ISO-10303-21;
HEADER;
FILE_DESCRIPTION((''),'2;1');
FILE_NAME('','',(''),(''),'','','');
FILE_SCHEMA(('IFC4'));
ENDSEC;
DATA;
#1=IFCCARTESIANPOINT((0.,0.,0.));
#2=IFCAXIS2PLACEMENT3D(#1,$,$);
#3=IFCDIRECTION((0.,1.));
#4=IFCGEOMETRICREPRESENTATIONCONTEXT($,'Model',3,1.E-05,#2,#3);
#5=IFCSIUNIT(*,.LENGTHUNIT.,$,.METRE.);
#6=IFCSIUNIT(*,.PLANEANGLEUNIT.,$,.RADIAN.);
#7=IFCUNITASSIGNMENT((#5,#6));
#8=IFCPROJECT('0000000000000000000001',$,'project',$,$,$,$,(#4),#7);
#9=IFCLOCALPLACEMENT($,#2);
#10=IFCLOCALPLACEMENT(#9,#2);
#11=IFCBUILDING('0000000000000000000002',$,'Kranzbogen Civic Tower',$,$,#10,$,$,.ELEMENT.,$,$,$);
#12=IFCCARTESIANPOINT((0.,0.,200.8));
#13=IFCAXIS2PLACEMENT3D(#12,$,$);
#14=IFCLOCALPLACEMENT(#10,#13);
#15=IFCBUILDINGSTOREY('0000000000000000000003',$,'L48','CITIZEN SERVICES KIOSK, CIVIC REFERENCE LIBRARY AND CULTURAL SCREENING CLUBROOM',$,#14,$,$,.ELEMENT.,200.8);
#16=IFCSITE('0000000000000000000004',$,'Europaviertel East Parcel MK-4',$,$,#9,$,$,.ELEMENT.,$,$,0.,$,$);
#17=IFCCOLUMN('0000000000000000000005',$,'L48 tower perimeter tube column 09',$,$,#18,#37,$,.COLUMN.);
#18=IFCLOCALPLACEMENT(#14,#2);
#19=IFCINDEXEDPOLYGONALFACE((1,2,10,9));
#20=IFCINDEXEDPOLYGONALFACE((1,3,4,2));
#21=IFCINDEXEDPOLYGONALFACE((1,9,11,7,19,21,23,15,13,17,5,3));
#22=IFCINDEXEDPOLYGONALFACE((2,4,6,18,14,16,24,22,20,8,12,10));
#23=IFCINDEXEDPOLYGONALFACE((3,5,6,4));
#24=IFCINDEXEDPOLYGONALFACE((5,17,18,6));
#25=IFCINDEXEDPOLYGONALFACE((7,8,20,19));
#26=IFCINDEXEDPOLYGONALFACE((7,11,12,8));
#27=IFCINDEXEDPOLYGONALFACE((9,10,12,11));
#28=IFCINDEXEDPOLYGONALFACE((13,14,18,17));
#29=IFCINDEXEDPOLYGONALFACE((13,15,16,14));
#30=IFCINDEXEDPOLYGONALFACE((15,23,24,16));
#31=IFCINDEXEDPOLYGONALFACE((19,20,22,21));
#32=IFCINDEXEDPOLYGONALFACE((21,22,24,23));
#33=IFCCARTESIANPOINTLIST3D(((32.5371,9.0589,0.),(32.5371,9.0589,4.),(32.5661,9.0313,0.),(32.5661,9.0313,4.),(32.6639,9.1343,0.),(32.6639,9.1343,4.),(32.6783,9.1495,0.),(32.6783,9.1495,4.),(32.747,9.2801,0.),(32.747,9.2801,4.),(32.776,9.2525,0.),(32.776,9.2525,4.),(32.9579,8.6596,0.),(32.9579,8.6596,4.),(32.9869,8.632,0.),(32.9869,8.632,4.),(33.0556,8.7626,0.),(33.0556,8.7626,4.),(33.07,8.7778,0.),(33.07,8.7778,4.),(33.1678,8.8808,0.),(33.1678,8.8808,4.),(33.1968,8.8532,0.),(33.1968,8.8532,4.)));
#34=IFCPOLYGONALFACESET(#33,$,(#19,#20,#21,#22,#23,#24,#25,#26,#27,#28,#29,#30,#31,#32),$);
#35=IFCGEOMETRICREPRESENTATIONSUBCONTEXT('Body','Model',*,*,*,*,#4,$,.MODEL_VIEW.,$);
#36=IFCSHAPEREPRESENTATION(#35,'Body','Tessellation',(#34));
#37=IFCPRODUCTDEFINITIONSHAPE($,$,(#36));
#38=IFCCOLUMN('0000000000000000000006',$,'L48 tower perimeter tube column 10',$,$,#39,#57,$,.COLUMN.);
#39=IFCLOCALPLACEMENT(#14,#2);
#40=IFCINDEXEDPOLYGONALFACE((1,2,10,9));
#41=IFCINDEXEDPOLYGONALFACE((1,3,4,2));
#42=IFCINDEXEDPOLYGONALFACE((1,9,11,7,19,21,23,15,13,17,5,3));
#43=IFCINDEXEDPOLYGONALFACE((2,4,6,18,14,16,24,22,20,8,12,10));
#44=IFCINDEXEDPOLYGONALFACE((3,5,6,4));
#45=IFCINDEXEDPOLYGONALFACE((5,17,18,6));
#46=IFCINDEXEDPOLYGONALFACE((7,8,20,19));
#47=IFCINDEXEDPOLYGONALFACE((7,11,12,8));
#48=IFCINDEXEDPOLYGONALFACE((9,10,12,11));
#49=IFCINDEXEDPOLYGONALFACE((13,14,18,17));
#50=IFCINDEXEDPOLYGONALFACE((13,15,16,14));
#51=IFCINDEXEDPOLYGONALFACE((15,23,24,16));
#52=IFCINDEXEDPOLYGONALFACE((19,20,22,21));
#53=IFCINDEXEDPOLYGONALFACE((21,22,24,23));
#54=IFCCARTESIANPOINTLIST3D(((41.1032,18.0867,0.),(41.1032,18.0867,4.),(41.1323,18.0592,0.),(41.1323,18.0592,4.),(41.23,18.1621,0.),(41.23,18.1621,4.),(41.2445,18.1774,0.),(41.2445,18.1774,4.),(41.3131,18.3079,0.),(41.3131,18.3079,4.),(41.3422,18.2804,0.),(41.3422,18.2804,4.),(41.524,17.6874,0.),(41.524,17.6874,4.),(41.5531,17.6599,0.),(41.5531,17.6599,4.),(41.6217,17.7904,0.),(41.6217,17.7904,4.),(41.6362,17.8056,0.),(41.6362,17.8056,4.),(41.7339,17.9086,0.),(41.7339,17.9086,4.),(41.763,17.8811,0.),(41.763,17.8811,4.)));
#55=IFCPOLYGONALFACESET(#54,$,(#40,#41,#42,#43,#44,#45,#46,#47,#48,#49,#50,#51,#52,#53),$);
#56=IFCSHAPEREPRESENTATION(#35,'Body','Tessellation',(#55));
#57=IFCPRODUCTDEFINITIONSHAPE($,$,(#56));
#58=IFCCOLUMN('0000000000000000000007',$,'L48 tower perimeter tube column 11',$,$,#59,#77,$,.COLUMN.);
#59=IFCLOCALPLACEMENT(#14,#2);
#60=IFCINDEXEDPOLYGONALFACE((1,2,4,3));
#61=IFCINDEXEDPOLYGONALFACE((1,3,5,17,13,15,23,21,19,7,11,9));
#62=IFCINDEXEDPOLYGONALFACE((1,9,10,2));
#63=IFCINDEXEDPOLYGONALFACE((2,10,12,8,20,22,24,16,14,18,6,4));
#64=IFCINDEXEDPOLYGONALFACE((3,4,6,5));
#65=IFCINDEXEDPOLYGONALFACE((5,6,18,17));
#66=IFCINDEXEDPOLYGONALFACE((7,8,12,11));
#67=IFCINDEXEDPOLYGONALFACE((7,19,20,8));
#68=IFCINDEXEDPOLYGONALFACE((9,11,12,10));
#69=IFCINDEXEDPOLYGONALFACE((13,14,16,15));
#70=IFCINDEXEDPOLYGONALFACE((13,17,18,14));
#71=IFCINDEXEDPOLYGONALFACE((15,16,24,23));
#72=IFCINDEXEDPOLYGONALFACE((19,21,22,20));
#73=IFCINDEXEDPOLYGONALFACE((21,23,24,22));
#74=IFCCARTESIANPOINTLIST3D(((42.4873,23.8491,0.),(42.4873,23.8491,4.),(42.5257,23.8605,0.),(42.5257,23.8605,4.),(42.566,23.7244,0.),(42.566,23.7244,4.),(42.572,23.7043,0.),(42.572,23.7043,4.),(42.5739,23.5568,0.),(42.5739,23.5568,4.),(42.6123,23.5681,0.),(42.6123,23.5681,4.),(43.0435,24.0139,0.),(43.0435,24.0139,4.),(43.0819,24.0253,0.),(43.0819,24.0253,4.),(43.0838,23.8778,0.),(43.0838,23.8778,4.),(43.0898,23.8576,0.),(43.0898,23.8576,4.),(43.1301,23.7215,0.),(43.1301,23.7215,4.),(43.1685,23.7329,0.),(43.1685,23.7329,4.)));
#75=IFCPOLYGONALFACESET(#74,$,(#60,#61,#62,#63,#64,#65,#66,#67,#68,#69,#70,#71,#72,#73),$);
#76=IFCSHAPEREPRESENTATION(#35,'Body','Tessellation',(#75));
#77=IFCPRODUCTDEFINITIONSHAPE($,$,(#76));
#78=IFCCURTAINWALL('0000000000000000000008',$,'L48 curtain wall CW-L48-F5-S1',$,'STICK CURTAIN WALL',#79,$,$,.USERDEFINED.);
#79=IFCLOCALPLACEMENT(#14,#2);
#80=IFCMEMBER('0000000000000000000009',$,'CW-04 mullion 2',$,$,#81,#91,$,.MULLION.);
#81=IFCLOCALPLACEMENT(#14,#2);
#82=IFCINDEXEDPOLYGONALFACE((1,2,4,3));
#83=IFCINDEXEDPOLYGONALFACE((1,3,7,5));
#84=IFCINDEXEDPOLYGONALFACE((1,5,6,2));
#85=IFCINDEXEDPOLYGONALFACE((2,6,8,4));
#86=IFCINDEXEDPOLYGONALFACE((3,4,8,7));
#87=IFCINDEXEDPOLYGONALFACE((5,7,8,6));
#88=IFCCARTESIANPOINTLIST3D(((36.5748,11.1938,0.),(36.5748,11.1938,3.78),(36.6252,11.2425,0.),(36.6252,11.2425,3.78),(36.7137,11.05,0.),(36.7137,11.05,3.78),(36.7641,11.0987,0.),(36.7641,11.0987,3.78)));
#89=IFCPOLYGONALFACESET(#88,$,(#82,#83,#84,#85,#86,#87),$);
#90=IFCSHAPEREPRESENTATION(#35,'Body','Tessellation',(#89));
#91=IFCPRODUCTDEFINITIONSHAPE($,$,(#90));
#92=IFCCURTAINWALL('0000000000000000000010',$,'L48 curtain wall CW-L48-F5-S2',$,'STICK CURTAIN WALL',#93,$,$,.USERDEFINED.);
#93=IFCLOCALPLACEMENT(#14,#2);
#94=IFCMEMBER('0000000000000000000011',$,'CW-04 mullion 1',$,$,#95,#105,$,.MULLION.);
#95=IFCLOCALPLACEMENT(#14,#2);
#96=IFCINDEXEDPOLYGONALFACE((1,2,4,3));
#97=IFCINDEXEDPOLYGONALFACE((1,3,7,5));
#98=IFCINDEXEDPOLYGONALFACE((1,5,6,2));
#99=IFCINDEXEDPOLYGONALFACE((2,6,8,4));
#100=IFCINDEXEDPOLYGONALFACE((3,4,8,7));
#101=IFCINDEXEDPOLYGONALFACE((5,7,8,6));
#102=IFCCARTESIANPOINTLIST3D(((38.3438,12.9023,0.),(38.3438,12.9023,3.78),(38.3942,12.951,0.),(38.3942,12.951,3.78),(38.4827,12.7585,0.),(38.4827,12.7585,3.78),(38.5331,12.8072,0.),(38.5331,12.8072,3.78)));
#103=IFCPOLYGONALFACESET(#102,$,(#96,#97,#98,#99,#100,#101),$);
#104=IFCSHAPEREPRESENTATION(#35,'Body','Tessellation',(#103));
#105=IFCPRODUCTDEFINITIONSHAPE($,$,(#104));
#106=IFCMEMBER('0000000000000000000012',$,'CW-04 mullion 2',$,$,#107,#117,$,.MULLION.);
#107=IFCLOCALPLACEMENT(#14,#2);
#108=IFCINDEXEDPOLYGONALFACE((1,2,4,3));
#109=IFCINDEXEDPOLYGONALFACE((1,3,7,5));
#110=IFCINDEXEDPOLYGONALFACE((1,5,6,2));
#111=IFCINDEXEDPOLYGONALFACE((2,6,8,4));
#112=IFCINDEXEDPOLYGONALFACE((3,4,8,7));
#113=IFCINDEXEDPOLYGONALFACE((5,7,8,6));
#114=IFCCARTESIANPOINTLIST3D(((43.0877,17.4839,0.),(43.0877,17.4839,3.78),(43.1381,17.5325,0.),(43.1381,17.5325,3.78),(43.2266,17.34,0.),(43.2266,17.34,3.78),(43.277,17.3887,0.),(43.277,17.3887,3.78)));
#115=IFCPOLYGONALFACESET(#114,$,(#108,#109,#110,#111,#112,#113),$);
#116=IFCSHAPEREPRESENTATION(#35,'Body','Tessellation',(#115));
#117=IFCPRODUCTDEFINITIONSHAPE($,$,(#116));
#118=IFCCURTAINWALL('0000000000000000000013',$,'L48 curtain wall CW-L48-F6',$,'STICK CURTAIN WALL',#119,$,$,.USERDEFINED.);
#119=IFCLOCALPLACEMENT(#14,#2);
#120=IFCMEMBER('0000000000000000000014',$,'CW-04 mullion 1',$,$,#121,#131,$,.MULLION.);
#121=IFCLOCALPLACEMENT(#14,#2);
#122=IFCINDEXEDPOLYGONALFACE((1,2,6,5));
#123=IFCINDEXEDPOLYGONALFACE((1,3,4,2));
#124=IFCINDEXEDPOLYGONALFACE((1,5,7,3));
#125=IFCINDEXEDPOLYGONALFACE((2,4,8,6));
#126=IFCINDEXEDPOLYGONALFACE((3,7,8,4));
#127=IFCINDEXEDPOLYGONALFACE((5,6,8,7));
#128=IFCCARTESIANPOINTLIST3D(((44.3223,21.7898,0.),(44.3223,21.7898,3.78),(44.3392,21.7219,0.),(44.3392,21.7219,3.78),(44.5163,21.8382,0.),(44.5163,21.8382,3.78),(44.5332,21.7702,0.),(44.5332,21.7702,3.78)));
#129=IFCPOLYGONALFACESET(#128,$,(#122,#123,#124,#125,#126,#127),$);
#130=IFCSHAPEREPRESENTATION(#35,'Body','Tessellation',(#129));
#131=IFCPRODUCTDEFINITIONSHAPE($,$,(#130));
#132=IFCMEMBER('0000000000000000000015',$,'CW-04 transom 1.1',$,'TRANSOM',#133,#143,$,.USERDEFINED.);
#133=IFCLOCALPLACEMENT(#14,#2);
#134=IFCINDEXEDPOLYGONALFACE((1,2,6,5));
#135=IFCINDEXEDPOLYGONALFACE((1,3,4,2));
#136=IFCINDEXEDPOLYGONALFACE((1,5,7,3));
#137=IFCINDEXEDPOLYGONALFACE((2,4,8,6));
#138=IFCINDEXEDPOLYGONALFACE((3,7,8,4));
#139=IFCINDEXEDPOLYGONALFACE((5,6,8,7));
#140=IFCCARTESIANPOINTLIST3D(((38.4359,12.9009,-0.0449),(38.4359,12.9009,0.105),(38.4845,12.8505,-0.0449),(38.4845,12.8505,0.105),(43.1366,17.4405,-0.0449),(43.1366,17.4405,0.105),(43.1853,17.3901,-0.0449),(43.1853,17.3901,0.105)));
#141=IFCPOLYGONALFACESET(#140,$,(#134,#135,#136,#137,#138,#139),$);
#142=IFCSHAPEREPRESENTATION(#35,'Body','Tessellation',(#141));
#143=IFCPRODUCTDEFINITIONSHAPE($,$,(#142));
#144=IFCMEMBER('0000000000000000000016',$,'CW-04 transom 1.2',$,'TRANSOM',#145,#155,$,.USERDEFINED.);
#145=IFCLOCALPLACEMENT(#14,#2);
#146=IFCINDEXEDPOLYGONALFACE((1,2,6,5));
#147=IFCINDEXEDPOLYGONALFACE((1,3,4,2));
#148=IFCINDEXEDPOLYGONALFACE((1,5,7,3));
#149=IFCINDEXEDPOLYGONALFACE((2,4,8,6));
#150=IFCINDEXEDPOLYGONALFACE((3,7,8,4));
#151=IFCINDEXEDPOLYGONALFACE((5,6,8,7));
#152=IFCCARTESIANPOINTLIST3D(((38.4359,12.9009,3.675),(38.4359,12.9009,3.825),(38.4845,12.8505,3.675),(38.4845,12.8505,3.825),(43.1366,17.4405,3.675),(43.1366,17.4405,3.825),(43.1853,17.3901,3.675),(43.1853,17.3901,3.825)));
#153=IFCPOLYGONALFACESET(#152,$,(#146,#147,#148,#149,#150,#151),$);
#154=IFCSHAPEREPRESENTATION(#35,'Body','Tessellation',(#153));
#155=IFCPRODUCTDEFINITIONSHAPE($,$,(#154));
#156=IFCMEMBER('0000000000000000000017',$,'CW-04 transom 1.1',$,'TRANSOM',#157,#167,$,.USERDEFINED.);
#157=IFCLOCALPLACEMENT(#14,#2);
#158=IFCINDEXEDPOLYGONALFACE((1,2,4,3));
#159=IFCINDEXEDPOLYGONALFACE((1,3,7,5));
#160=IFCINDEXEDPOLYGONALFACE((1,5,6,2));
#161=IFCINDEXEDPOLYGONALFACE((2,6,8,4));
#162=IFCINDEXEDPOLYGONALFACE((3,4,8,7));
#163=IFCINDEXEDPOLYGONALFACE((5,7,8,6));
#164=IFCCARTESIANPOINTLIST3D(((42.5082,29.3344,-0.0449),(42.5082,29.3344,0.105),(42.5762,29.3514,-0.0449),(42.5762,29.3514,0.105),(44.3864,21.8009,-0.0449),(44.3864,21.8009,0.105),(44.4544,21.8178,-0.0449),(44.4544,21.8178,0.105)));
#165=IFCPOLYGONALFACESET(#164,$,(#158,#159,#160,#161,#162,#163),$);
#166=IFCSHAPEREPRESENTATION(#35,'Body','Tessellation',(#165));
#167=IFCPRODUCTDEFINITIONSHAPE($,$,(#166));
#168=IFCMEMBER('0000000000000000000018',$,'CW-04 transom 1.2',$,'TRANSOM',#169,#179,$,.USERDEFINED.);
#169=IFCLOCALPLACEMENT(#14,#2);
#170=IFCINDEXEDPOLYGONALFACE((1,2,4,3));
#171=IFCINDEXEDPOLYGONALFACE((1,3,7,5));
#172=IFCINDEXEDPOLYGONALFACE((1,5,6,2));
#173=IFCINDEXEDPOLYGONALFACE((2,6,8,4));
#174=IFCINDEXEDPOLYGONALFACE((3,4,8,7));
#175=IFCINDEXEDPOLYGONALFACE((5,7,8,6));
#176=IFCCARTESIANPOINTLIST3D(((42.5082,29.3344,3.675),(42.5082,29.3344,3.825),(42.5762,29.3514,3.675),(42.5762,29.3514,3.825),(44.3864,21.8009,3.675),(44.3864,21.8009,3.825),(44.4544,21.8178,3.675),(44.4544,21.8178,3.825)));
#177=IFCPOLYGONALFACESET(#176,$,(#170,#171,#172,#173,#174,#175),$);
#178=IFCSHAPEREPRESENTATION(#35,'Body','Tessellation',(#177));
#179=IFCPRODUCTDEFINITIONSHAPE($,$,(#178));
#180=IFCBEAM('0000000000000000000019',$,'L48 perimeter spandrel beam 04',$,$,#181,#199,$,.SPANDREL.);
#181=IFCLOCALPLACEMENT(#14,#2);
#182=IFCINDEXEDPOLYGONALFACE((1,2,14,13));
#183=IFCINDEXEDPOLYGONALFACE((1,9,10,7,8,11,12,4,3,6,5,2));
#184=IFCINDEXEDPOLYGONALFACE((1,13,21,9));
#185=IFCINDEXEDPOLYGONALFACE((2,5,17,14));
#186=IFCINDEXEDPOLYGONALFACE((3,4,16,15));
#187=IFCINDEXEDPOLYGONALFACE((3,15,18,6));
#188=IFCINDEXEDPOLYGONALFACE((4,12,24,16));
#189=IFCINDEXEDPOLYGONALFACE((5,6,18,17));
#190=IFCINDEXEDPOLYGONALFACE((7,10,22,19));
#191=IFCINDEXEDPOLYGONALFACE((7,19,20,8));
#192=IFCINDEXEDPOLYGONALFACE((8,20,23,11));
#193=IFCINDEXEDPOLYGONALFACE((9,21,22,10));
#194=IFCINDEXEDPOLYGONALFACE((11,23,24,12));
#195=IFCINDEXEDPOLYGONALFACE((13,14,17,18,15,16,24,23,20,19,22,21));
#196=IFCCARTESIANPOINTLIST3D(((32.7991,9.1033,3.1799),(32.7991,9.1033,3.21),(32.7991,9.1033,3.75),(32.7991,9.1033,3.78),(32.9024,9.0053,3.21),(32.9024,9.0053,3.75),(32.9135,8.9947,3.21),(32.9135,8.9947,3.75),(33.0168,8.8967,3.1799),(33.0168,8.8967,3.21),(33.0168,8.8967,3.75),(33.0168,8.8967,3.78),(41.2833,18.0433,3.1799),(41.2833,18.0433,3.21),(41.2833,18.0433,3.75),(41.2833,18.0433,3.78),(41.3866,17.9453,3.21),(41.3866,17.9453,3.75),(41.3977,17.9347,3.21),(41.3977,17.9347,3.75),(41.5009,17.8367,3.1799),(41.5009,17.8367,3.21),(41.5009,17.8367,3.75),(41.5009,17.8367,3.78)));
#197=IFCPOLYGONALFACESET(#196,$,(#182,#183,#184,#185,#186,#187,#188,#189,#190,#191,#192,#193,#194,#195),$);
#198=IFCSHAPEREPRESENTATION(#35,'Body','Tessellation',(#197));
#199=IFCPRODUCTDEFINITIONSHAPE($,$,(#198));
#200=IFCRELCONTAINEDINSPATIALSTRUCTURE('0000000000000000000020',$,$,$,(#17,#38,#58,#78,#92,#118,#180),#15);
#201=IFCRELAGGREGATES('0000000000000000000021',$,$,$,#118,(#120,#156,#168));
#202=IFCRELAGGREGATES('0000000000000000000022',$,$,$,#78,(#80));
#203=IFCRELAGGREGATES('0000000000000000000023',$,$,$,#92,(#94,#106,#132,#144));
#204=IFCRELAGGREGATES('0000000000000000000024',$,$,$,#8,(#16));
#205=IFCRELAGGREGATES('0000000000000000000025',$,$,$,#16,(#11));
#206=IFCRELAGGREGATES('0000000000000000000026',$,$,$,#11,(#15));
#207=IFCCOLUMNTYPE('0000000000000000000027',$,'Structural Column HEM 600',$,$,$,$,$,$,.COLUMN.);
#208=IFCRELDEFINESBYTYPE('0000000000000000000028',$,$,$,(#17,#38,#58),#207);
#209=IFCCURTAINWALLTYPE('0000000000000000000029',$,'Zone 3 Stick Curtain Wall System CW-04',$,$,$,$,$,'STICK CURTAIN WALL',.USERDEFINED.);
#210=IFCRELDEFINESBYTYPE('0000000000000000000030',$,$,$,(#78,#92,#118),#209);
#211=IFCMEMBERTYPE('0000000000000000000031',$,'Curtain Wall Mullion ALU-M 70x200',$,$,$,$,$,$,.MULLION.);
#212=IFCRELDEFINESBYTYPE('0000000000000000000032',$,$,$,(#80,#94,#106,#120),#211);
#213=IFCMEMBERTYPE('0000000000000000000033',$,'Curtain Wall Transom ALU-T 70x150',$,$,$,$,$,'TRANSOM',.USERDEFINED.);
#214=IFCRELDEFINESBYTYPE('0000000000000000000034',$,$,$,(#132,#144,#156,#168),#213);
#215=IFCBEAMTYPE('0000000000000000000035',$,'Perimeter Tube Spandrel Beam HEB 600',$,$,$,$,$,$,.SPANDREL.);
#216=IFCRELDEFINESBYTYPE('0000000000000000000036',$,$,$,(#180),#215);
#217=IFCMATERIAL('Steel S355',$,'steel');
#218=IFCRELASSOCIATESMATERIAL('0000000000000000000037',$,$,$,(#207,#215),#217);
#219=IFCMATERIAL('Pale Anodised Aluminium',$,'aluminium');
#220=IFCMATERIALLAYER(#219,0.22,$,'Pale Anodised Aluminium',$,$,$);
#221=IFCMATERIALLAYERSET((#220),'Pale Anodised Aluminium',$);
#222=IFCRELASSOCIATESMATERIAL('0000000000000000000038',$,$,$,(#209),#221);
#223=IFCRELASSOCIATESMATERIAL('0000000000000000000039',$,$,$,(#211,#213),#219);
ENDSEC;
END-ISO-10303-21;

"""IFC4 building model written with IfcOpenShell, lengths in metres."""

from ifc_helpers import new_model, si_unit, direction, frame, origin, origin_2d, place, context, subcontext, project, spatial, rectangle, i_section, extrude, material, layer, layer_set, material_profile, profile_set, type_object, element, aggregate, save


model = new_model("IFC4")

# Units and contexts
model_context = context("Model", 3, precision=1e-05, world=origin(), true_north=direction((0.0, 1.0)))
body_context = subcontext(model_context, "Body", "Model", "MODEL_VIEW")
ifc_project = project(units=[si_unit("LENGTHUNIT", "METRE"), si_unit("PLANEANGLEUNIT", "RADIAN")], contexts=[model_context])

# Site, building, storey
site_placement = place(None, origin())
site = spatial("IfcSite", under=ifc_project, at=site_placement, Name="Europaviertel East Parcel MK-4", CompositionType="ELEMENT", RefElevation=0.0)
building_placement = place(site_placement, origin())
building = spatial("IfcBuilding", under=site, at=building_placement, Name="Kranzbogen Civic Tower", CompositionType="ELEMENT")
storey_placement = place(building_placement, frame((0.0, 0.0, 200.8)))
storey = spatial("IfcBuildingStorey", under=building, at=storey_placement, Name="L48", Description="CITIZEN SERVICES KIOSK, CIVIC REFERENCE LIBRARY AND CULTURAL SCREENING CLUBROOM", CompositionType="ELEMENT", Elevation=200.8)

# Columns
ifc_material_1 = material(Name="Steel S355", Category="steel")
ifc_material_profile_1 = material_profile(ifc_material_1, i_section(OverallWidth=0.3049, OverallDepth=0.6201, WebThickness=0.021, FlangeThickness=0.04, at=origin_2d()), Name="HEM 600")
ifc_profile_set_1 = profile_set([ifc_material_profile_1], Name="Steel S355")
column_type = type_object("IfcColumnType", Name="Structural Column HEM 600", PredefinedType="COLUMN", material=ifc_profile_set_1)
for number, where, z_axis, x_axis, name in (
    (1, (32.8669, 8.9561, 0.0), (0.0, 0.0, 1.0), (0.688355, 0.725374, 0.0), "L48 tower perimeter tube column 09"),
    (2, (41.4331, 17.9839, 0.0), (0.0, 0.0, 1.0), (0.688355, 0.725374, 0.0), "L48 tower perimeter tube column 10"),
    (3, (42.8279, 23.791, 0.0), (0.0, 0.0, 1.0), (-0.284015, 0.95882, 0.0), "L48 tower perimeter tube column 11"),
):
    element("IfcColumn", number, at=place(storey_placement, frame(where, z_axis=z_axis, x_axis=x_axis)), inside=storey, type_object=column_type, Name=name, PredefinedType="COLUMN", context=body_context, shape_type="SweptSolid", body=[
        extrude(i_section(OverallWidth=0.3049, OverallDepth=0.6201, WebThickness=0.021, FlangeThickness=0.04, at=origin_2d()), origin(), (0.0, 0.0, 1.0), 4.0),
    ])

# Curtain wall, member
ifc_material_2 = material(Name="Pale Anodised Aluminium", Category="aluminium")
ifc_layer_1 = layer(ifc_material_2, 0.22, Name="Pale Anodised Aluminium")
ifc_layer_set_1 = layer_set([ifc_layer_1], Name="Pale Anodised Aluminium")
curtain_wall_type = type_object("IfcCurtainWallType", Name="Zone 3 Stick Curtain Wall System CW-04", ElementType="STICK CURTAIN WALL", PredefinedType="USERDEFINED", material=ifc_layer_set_1)
curtain_wall_1_placement = place(storey_placement, origin())
curtain_wall_1 = element("IfcCurtainWall", 4, at=curtain_wall_1_placement, inside=storey, type_object=curtain_wall_type, Name="L48 curtain wall CW-L48-F5-S1", ObjectType="STICK CURTAIN WALL", PredefinedType="USERDEFINED")
ifc_material_profile_2 = material_profile(ifc_material_2, rectangle(XDim=0.0701, YDim=0.2, at=origin_2d()), Name="ALU-M 70x200")
ifc_profile_set_2 = profile_set([ifc_material_profile_2], Name="Pale Anodised Aluminium")
member_type_1 = type_object("IfcMemberType", Name="Curtain Wall Mullion ALU-M 70x200", PredefinedType="MULLION", material=ifc_profile_set_2)
member_1_placement = place(storey_placement, frame((36.6694, 11.1462, 0.0), z_axis=(0.0, 0.0, 1.0), x_axis=(0.719321, 0.694678, 0.0)))
member_1 = element("IfcMember", 5, at=member_1_placement, type_object=member_type_1, Name="CW-04 mullion 2", PredefinedType="MULLION", context=body_context, shape_type="SweptSolid", body=[
    extrude(rectangle(XDim=0.0701, YDim=0.2, at=origin_2d()), origin(), (0.0, 0.0, 1.0), 3.78),
])

# Curtain wall, members
curtain_wall_2_placement = place(storey_placement, origin())
curtain_wall_2 = element("IfcCurtainWall", 6, at=curtain_wall_2_placement, inside=storey, type_object=curtain_wall_type, Name="L48 curtain wall CW-L48-F5-S2", ObjectType="STICK CURTAIN WALL", PredefinedType="USERDEFINED")
member_2_placement = place(storey_placement, frame((38.4385, 12.8547, 0.0), z_axis=(0.0, 0.0, 1.0), x_axis=(0.719321, 0.694678, 0.0)))
member_2 = element("IfcMember", 7, at=member_2_placement, type_object=member_type_1, Name="CW-04 mullion 1", PredefinedType="MULLION", context=body_context, shape_type="SweptSolid", body=[
    extrude(rectangle(XDim=0.0701, YDim=0.2, at=origin_2d()), origin(), (0.0, 0.0, 1.0), 3.78),
])
member_3_placement = place(storey_placement, frame((43.1824, 17.4363, 0.0), z_axis=(0.0, 0.0, 1.0), x_axis=(0.719321, 0.694678, 0.0)))
member_3 = element("IfcMember", 8, at=member_3_placement, type_object=member_type_1, Name="CW-04 mullion 2", PredefinedType="MULLION", context=body_context, shape_type="SweptSolid", body=[
    extrude(rectangle(XDim=0.0701, YDim=0.2, at=origin_2d()), origin(), (0.0, 0.0, 1.0), 3.78),
])

# Curtain wall, member
curtain_wall_3_placement = place(storey_placement, origin())
curtain_wall_3 = element("IfcCurtainWall", 9, at=curtain_wall_3_placement, inside=storey, type_object=curtain_wall_type, Name="L48 curtain wall CW-L48-F6", ObjectType="STICK CURTAIN WALL", PredefinedType="USERDEFINED")
member_4_placement = place(storey_placement, frame((44.4277, 21.78, 0.0), z_axis=(0.0, 0.0, 1.0), x_axis=(-0.241906, 0.9703, 0.0)))
member_4 = element("IfcMember", 10, at=member_4_placement, type_object=member_type_1, Name="CW-04 mullion 1", PredefinedType="MULLION", context=body_context, shape_type="SweptSolid", body=[
    extrude(rectangle(XDim=0.0701, YDim=0.2, at=origin_2d()), origin(), (0.0, 0.0, 1.0), 3.78),
])

# Members
ifc_material_profile_3 = material_profile(ifc_material_2, rectangle(XDim=0.0701, YDim=0.1499, at=origin_2d()), Name="ALU-T 70x150")
ifc_profile_set_3 = profile_set([ifc_material_profile_3], Name="Pale Anodised Aluminium")
member_type_2 = type_object("IfcMemberType", Name="Curtain Wall Transom ALU-T 70x150", ElementType="TRANSOM", PredefinedType="USERDEFINED", material=ifc_profile_set_3)
member_5_placement = place(storey_placement, frame((38.4602, 12.8757, 0.03), z_axis=(0.719328, 0.694671, 0.0), x_axis=(-0.694671, 0.719328, 0.0)))
member_5 = element("IfcMember", 11, at=member_5_placement, type_object=member_type_2, Name="CW-04 transom 1.1", ObjectType="TRANSOM", PredefinedType="USERDEFINED", context=body_context, shape_type="SweptSolid", body=[
    extrude(rectangle(XDim=0.0701, YDim=0.1499, at=origin_2d()), origin(), (0.0, 0.0, 1.0), 6.5349),
])
member_6_placement = place(storey_placement, frame((38.4602, 12.8757, 3.75), z_axis=(0.719328, 0.694671, 0.0), x_axis=(-0.694671, 0.719328, 0.0)))
member_6 = element("IfcMember", 12, at=member_6_placement, type_object=member_type_2, Name="CW-04 transom 1.2", ObjectType="TRANSOM", PredefinedType="USERDEFINED", context=body_context, shape_type="SweptSolid", body=[
    extrude(rectangle(XDim=0.0701, YDim=0.1499, at=origin_2d()), origin(), (0.0, 0.0, 1.0), 6.5349),
])
member_7_placement = place(storey_placement, frame((44.4204, 21.8093, 0.03), z_axis=(-0.241907, 0.9703, 0.0), x_axis=(-0.9703, -0.241907, 0.0)))
member_7 = element("IfcMember", 13, at=member_7_placement, type_object=member_type_2, Name="CW-04 transom 1.1", ObjectType="TRANSOM", PredefinedType="USERDEFINED", context=body_context, shape_type="SweptSolid", body=[
    extrude(rectangle(XDim=0.0701, YDim=0.1499, at=origin_2d()), origin(), (0.0, 0.0, 1.0), 7.7642),
])
member_8_placement = place(storey_placement, frame((44.4204, 21.8093, 3.75), z_axis=(-0.241907, 0.9703, 0.0), x_axis=(-0.9703, -0.241907, 0.0)))
member_8 = element("IfcMember", 14, at=member_8_placement, type_object=member_type_2, Name="CW-04 transom 1.2", ObjectType="TRANSOM", PredefinedType="USERDEFINED", context=body_context, shape_type="SweptSolid", body=[
    extrude(rectangle(XDim=0.0701, YDim=0.1499, at=origin_2d()), origin(), (0.0, 0.0, 1.0), 7.7642),
])
aggregate(curtain_wall_3, [member_4, member_7, member_8])

# Beam
ifc_material_profile_4 = material_profile(ifc_material_1, i_section(OverallWidth=0.3, OverallDepth=0.6001, WebThickness=0.0154, FlangeThickness=0.03, at=origin_2d()), Name="HEB 600")
ifc_profile_set_4 = profile_set([ifc_material_profile_4], Name="Steel S355")
beam_type_1 = type_object("IfcBeamType", Name="Perimeter Tube Spandrel Beam HEB 600", PredefinedType="SPANDREL", material=ifc_profile_set_4)
beam_1_placement = place(storey_placement, frame((32.908, 9.0, 3.48), z_axis=(0.688373, 0.725356, 0.0), x_axis=(-0.725356, 0.688373, 0.0)))
element("IfcBeam", 15, at=beam_1_placement, inside=storey, type_object=beam_type_1, Name="L48 perimeter spandrel beam 04", PredefinedType="SPANDREL", context=body_context, shape_type="SweptSolid", body=[
    extrude(i_section(OverallWidth=0.3, OverallDepth=0.6001, WebThickness=0.0154, FlangeThickness=0.03, at=origin_2d()), origin(), (0.0, 0.0, 1.0), 12.325),
])

aggregate(curtain_wall_1, [member_1])
aggregate(curtain_wall_2, [member_2, member_3, member_5, member_6])

save(model, "model.ifc")
